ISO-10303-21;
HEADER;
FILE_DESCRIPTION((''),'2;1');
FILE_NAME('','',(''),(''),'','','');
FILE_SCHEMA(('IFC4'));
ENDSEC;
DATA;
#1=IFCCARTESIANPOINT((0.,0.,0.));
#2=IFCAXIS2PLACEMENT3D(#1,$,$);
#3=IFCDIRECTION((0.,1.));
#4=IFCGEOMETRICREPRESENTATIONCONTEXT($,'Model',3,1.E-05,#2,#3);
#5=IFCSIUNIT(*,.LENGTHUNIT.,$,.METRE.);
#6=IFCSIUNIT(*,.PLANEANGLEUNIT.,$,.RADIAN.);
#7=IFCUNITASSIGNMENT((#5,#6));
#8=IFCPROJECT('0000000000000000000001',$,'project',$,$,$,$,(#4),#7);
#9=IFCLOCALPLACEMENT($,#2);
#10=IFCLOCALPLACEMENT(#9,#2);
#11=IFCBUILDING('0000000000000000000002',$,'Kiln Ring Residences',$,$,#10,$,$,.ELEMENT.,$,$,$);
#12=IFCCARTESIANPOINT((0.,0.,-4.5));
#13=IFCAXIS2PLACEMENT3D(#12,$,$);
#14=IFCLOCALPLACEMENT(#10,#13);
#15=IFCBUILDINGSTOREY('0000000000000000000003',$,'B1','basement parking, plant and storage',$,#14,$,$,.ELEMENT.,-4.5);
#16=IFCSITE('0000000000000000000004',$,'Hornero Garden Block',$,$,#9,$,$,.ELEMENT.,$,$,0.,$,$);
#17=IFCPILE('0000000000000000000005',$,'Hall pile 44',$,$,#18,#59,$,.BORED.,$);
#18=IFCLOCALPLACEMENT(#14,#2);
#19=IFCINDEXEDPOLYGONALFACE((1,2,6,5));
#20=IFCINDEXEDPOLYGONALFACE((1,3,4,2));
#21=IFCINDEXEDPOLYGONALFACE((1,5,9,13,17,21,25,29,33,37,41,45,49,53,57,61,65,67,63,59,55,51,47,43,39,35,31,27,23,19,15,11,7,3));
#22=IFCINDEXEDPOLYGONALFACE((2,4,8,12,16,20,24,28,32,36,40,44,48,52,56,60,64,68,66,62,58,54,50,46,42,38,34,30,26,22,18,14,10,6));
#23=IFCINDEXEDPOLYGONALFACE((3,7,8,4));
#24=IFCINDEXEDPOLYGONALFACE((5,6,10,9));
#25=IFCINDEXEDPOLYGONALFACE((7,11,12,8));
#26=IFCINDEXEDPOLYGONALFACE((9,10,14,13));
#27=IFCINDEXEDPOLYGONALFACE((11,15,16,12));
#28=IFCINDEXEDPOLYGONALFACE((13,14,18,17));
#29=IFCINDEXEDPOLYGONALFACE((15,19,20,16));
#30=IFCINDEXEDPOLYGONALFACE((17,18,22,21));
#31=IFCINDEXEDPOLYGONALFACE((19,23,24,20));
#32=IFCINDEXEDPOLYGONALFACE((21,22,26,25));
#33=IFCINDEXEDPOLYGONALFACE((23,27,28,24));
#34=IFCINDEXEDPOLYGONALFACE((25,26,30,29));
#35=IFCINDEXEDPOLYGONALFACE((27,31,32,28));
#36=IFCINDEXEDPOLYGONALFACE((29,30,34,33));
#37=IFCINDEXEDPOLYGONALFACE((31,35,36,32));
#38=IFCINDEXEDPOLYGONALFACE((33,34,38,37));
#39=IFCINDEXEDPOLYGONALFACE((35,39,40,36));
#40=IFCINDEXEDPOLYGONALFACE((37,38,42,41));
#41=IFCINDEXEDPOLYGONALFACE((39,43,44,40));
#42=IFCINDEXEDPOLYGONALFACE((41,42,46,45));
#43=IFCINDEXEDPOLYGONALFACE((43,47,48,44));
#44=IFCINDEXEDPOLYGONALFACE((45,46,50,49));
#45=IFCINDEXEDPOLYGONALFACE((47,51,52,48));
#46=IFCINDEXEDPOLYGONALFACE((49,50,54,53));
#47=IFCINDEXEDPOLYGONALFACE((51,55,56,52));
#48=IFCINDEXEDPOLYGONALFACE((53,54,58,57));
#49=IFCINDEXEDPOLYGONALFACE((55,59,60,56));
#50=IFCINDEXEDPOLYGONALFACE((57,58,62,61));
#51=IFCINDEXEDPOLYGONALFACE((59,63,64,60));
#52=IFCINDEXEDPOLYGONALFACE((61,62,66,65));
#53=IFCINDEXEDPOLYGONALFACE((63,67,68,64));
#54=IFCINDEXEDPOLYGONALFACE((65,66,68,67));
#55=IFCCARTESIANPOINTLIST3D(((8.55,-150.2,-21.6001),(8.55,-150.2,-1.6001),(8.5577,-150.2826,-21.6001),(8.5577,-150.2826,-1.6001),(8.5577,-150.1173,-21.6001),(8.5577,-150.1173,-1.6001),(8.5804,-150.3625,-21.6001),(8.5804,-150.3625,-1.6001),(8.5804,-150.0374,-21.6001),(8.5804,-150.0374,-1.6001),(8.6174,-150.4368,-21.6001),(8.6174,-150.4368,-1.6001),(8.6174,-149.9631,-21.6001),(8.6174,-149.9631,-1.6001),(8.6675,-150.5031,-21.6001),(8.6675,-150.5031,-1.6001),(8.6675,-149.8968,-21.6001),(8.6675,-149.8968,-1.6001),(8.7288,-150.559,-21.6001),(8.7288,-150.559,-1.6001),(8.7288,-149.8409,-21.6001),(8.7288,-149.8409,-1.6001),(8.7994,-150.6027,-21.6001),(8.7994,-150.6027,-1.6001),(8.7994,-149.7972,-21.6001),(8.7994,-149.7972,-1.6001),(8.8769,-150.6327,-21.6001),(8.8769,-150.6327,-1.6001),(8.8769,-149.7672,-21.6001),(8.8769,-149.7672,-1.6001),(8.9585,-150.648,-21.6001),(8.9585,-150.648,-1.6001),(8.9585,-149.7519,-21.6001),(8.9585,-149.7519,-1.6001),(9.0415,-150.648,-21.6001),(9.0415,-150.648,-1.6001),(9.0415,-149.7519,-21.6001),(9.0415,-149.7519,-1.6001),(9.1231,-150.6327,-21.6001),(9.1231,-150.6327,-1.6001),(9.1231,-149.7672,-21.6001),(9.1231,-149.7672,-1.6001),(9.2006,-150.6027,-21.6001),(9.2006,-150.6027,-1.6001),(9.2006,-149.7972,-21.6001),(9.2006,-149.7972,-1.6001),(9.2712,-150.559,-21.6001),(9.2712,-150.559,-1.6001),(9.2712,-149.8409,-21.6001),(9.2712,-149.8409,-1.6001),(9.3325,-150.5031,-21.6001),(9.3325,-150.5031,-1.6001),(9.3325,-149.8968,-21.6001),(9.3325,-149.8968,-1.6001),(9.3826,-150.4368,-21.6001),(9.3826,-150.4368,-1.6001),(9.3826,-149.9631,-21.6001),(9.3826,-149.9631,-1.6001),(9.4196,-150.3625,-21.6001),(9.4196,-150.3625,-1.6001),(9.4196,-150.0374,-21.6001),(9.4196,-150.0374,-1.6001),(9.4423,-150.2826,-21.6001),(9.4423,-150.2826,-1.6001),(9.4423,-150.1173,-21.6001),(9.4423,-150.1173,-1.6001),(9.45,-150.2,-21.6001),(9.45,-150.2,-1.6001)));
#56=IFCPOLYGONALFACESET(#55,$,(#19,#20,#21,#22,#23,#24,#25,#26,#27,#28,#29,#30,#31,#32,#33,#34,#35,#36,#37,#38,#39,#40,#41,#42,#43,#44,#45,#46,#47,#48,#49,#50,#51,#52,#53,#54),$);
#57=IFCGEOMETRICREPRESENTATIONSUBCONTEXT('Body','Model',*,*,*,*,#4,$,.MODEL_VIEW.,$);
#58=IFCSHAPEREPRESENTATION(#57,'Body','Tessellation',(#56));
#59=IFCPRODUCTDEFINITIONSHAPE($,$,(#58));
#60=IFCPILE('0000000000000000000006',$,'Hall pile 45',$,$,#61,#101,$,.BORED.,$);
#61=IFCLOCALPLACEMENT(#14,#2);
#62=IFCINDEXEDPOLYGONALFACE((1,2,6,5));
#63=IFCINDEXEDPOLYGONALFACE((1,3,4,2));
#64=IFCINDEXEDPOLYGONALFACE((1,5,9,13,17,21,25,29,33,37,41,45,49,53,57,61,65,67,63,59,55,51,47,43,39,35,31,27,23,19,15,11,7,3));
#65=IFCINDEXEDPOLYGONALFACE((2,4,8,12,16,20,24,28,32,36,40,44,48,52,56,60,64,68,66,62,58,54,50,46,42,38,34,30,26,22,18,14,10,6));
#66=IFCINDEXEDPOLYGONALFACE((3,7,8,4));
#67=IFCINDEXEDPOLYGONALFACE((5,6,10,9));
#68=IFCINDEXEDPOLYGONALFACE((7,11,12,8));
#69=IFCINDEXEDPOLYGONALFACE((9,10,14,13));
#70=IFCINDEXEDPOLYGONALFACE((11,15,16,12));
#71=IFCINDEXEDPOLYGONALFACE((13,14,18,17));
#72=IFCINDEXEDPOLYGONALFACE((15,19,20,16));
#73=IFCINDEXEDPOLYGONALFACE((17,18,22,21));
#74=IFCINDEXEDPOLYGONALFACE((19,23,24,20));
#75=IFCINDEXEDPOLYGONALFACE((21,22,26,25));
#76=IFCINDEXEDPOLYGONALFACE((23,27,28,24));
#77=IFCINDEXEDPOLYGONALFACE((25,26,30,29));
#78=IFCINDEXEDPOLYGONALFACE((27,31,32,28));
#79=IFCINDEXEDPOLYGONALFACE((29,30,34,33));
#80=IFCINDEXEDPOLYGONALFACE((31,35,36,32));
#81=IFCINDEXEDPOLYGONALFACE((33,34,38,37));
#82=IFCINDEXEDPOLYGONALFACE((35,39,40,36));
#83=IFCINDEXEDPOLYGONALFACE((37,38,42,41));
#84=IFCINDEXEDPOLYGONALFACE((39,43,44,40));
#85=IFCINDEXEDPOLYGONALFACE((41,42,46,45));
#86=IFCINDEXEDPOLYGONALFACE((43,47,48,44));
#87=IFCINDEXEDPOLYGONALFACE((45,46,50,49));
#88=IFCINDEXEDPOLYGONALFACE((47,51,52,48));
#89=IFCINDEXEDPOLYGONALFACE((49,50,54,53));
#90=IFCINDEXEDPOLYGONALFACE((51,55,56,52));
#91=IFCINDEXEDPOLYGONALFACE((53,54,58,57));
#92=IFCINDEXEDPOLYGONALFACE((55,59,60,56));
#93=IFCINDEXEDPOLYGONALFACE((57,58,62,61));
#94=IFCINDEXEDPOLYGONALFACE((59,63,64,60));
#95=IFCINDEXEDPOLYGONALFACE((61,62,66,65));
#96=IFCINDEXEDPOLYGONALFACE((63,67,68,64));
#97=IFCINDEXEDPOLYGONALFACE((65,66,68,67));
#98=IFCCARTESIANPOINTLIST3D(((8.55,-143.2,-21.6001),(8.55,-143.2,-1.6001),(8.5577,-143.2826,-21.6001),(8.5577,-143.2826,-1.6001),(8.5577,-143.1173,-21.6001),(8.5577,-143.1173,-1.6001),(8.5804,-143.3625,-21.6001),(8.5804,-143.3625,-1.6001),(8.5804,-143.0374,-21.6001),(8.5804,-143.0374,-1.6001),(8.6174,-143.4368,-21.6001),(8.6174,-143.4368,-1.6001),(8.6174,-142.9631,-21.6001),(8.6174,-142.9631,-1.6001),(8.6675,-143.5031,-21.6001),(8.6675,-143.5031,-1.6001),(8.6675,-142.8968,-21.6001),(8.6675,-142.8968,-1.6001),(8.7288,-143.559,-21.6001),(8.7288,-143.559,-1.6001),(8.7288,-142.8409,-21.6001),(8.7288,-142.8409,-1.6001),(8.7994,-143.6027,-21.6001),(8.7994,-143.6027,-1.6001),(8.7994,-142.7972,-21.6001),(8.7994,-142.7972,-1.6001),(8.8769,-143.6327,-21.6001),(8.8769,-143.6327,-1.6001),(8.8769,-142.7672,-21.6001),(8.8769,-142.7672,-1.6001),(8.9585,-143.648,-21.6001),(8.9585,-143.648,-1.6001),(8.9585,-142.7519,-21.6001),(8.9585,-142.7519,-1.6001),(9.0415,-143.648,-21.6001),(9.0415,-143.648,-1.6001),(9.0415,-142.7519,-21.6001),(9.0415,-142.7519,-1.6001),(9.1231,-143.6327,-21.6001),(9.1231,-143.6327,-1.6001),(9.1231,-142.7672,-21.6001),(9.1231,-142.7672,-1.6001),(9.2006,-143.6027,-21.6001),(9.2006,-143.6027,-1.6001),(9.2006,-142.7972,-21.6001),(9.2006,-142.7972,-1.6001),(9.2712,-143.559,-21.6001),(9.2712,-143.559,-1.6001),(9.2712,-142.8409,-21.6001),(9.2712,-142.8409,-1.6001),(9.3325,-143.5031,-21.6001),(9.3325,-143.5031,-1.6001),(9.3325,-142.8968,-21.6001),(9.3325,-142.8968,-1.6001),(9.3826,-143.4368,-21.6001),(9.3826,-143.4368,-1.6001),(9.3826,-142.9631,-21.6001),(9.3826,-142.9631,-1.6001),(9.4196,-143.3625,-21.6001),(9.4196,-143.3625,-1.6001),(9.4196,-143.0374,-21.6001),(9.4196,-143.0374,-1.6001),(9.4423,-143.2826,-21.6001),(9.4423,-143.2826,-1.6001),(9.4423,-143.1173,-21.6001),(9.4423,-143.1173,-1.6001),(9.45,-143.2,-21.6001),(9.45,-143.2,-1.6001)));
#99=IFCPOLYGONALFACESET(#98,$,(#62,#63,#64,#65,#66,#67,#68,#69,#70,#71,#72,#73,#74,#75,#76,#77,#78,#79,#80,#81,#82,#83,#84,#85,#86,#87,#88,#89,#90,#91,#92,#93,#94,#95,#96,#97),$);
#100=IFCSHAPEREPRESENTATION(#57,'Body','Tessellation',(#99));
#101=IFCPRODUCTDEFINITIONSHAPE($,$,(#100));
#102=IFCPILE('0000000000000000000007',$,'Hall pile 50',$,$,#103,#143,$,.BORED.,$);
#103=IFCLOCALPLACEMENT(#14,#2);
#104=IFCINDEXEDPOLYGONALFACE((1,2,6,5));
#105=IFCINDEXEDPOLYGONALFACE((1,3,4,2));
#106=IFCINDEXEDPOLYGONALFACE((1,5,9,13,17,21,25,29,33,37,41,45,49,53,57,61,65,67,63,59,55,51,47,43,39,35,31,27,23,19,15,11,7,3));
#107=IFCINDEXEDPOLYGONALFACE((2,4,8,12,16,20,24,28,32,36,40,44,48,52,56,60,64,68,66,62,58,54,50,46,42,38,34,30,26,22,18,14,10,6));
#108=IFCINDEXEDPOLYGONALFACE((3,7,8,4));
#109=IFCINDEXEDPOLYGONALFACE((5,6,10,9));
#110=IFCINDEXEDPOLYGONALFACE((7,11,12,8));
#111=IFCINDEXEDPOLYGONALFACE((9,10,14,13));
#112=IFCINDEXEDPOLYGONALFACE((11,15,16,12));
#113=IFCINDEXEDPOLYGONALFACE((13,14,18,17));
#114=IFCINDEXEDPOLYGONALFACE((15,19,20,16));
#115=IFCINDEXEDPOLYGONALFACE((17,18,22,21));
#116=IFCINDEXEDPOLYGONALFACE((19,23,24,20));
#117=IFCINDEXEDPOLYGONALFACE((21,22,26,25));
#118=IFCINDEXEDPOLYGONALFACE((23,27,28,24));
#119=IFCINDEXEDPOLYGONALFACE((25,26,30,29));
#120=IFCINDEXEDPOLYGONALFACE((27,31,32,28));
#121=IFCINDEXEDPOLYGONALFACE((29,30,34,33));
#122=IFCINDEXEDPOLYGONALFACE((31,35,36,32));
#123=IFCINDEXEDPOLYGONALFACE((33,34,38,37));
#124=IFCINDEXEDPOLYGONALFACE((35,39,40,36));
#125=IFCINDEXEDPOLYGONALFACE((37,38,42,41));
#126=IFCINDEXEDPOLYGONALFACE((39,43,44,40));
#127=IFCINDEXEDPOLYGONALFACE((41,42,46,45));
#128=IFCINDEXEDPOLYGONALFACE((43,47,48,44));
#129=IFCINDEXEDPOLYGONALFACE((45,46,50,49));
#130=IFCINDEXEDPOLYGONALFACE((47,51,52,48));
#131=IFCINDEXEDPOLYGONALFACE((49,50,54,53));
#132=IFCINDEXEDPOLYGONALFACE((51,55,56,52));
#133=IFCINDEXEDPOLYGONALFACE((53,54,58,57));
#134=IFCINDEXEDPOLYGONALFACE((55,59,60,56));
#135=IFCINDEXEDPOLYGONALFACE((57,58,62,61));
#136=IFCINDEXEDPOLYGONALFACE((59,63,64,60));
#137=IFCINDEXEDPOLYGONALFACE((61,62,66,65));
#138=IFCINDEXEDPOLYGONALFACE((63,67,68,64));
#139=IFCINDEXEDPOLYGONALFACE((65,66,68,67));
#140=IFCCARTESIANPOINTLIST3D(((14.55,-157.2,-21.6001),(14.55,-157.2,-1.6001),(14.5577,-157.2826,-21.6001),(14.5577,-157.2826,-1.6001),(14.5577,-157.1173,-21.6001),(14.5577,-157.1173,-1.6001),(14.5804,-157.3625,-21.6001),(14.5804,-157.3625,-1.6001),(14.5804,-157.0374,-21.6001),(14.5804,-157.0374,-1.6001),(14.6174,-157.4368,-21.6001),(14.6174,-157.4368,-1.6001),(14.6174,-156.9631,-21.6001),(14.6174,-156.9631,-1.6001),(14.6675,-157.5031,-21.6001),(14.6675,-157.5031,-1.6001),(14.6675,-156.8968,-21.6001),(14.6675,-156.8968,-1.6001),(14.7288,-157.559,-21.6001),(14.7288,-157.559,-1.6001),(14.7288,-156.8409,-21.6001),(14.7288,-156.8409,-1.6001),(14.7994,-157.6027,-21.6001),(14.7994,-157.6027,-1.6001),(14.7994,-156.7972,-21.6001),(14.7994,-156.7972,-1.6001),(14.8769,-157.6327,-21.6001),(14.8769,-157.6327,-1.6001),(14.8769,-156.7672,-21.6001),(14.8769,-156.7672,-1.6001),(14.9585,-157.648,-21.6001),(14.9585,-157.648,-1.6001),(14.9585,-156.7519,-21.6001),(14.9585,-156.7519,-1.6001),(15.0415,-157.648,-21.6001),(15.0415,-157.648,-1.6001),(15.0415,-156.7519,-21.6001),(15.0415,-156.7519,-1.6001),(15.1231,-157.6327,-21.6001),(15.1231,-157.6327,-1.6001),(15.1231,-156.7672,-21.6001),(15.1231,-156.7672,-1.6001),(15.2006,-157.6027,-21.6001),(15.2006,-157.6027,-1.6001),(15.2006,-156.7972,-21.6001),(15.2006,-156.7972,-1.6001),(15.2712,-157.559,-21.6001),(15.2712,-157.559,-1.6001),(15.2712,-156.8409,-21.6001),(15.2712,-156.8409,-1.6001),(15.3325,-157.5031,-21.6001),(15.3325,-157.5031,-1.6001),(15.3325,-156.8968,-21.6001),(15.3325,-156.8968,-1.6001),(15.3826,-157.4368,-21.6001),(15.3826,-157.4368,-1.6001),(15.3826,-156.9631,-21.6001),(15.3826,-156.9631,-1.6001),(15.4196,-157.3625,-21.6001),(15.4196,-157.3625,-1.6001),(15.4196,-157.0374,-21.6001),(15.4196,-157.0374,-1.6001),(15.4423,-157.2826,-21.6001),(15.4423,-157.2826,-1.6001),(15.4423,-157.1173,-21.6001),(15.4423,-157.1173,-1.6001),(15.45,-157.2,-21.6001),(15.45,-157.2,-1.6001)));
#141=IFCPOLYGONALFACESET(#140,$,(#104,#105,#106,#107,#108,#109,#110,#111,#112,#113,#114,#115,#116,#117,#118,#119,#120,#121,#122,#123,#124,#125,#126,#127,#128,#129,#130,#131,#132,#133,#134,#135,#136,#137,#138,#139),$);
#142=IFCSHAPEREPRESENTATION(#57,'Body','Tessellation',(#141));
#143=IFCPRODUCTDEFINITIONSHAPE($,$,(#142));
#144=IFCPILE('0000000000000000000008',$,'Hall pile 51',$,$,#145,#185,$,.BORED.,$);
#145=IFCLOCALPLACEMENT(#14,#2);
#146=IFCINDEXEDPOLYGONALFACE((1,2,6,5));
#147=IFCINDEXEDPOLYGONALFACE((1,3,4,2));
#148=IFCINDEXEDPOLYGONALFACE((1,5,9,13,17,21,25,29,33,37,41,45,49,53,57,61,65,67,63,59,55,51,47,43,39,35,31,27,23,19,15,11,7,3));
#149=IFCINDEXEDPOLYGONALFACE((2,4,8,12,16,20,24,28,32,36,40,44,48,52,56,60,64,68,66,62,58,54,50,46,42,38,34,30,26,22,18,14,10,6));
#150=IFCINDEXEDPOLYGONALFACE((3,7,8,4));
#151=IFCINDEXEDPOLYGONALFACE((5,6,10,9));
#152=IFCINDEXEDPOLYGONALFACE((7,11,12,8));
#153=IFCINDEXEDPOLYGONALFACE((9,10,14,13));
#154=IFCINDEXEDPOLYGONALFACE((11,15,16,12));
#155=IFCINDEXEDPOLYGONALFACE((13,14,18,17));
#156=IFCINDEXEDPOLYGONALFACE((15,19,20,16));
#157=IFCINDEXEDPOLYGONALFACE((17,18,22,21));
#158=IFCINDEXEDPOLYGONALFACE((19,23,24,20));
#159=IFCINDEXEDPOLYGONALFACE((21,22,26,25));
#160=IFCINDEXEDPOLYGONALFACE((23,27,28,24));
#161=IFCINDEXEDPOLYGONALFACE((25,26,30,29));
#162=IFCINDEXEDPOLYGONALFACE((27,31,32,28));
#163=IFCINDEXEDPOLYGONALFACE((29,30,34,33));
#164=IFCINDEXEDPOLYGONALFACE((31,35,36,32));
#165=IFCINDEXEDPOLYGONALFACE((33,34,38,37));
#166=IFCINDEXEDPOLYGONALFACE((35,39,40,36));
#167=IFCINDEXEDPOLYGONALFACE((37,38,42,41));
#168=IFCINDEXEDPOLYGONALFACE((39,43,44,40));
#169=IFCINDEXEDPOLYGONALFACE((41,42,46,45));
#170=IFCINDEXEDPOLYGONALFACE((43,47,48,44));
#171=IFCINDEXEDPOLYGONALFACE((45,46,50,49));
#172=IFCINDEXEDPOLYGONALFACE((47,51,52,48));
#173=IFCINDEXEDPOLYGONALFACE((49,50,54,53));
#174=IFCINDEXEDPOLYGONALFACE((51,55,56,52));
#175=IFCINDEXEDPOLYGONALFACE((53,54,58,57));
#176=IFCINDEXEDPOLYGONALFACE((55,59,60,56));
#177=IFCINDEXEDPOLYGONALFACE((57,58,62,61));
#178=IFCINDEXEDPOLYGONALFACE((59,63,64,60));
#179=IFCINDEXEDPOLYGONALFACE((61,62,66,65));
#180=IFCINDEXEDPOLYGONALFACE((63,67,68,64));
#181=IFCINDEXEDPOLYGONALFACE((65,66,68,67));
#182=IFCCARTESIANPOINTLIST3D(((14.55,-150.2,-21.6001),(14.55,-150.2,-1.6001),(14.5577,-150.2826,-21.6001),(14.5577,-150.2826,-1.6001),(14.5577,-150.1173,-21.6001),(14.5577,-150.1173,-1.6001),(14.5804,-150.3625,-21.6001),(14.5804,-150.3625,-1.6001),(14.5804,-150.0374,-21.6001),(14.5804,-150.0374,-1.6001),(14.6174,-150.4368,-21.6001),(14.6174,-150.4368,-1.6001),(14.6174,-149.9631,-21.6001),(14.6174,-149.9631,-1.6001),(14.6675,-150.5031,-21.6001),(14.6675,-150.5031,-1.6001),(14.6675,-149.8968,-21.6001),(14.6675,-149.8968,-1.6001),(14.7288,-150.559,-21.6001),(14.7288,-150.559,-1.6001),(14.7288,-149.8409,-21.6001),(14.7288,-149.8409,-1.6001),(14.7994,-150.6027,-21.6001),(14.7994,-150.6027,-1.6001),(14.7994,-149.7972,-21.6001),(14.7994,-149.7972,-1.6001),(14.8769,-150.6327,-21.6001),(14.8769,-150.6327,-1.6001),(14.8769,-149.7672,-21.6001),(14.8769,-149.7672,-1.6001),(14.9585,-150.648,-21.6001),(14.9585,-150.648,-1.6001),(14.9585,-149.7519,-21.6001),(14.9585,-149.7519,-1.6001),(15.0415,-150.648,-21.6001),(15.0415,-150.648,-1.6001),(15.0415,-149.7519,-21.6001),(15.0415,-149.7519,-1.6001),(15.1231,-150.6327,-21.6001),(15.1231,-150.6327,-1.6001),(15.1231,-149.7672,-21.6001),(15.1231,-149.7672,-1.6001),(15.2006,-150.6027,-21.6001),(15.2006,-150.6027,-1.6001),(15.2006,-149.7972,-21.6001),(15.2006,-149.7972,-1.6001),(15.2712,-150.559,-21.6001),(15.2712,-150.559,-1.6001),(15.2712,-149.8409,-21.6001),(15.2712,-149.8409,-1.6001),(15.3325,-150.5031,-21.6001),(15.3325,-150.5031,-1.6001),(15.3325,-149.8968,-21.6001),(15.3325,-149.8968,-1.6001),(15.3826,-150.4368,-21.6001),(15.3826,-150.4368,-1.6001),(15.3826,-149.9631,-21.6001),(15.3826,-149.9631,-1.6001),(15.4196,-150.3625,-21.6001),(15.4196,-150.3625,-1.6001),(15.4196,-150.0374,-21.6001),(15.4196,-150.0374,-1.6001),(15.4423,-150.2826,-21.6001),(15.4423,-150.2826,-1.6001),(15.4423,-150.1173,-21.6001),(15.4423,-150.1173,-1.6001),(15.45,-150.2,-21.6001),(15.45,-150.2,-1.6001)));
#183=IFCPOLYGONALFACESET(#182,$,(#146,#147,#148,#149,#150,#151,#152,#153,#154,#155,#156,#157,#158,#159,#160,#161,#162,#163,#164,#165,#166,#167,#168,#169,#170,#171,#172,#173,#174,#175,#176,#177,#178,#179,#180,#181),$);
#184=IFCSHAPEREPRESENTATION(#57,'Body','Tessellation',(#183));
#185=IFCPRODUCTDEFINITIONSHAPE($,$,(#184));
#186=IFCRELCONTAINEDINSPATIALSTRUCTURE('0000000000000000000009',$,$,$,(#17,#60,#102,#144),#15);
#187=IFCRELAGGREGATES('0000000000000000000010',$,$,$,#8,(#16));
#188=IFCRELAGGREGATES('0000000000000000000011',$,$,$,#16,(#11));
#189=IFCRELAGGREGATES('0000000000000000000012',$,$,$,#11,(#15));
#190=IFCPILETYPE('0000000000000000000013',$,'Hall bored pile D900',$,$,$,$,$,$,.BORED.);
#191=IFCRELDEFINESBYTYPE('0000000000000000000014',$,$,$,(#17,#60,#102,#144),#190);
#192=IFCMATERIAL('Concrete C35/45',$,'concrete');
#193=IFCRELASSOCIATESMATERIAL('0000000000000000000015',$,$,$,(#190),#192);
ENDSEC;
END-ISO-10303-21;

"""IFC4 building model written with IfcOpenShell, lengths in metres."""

from ifc_helpers import new_model, si_unit, direction, frame, origin, origin_2d, place, context, subcontext, project, spatial, circle, extrude, material, material_profile, profile_set, type_object, element, save


model = new_model("IFC4")

# Units and contexts
model_context = context("Model", 3, precision=1e-05, world=origin(), true_north=direction((0.0, 1.0)))
body_context = subcontext(model_context, "Body", "Model", "MODEL_VIEW")
ifc_project = project(units=[si_unit("LENGTHUNIT", "METRE"), si_unit("PLANEANGLEUNIT", "RADIAN")], contexts=[model_context])

# Site, building, storey
site_placement = place(None, origin())
site = spatial("IfcSite", under=ifc_project, at=site_placement, Name="Hornero Garden Block", CompositionType="ELEMENT", RefElevation=0.0)
building_placement = place(site_placement, origin())
building = spatial("IfcBuilding", under=site, at=building_placement, Name="Kiln Ring Residences", CompositionType="ELEMENT")
storey_placement = place(building_placement, frame((0.0, 0.0, -4.5)))
storey = spatial("IfcBuildingStorey", under=building, at=storey_placement, Name="B1", Description="basement parking, plant and storage", CompositionType="ELEMENT", Elevation=-4.5)

# Piles
ifc_material_1 = material(Name="Concrete C35/45", Category="concrete")
ifc_material_profile_1 = material_profile(ifc_material_1, circle(Radius=0.45, at=origin_2d()), Name="Hall bored pile D900")
ifc_profile_set_1 = profile_set([ifc_material_profile_1], Name="Concrete C35/45")
pile_type = type_object("IfcPileType", Name="Hall bored pile D900", PredefinedType="BORED", material=ifc_profile_set_1)
for number, where, z_axis, x_axis, name in (
    (1, (9.0, -150.2, -1.6001), (0.0, 0.0, -1.0), (1.0, 0.0, 0.0), "Hall pile 44"),
    (2, (9.0, -143.2, -1.6001), (0.0, 0.0, -1.0), (1.0, 0.0, 0.0), "Hall pile 45"),
    (3, (15.0, -157.2, -1.6001), (0.0, 0.0, -1.0), (1.0, 0.0, 0.0), "Hall pile 50"),
    (4, (15.0, -150.2, -1.6001), (0.0, 0.0, -1.0), (1.0, 0.0, 0.0), "Hall pile 51"),
):
    element("IfcPile", number, at=place(storey_placement, frame(where, z_axis=z_axis, x_axis=x_axis)), inside=storey, type_object=pile_type, Name=name, PredefinedType="BORED", context=body_context, shape_type="SweptSolid", body=[
        extrude(circle(Radius=0.45, at=origin_2d()), origin(), (0.0, 0.0, 1.0), 20.0),
    ])

save(model, "model.ifc")
